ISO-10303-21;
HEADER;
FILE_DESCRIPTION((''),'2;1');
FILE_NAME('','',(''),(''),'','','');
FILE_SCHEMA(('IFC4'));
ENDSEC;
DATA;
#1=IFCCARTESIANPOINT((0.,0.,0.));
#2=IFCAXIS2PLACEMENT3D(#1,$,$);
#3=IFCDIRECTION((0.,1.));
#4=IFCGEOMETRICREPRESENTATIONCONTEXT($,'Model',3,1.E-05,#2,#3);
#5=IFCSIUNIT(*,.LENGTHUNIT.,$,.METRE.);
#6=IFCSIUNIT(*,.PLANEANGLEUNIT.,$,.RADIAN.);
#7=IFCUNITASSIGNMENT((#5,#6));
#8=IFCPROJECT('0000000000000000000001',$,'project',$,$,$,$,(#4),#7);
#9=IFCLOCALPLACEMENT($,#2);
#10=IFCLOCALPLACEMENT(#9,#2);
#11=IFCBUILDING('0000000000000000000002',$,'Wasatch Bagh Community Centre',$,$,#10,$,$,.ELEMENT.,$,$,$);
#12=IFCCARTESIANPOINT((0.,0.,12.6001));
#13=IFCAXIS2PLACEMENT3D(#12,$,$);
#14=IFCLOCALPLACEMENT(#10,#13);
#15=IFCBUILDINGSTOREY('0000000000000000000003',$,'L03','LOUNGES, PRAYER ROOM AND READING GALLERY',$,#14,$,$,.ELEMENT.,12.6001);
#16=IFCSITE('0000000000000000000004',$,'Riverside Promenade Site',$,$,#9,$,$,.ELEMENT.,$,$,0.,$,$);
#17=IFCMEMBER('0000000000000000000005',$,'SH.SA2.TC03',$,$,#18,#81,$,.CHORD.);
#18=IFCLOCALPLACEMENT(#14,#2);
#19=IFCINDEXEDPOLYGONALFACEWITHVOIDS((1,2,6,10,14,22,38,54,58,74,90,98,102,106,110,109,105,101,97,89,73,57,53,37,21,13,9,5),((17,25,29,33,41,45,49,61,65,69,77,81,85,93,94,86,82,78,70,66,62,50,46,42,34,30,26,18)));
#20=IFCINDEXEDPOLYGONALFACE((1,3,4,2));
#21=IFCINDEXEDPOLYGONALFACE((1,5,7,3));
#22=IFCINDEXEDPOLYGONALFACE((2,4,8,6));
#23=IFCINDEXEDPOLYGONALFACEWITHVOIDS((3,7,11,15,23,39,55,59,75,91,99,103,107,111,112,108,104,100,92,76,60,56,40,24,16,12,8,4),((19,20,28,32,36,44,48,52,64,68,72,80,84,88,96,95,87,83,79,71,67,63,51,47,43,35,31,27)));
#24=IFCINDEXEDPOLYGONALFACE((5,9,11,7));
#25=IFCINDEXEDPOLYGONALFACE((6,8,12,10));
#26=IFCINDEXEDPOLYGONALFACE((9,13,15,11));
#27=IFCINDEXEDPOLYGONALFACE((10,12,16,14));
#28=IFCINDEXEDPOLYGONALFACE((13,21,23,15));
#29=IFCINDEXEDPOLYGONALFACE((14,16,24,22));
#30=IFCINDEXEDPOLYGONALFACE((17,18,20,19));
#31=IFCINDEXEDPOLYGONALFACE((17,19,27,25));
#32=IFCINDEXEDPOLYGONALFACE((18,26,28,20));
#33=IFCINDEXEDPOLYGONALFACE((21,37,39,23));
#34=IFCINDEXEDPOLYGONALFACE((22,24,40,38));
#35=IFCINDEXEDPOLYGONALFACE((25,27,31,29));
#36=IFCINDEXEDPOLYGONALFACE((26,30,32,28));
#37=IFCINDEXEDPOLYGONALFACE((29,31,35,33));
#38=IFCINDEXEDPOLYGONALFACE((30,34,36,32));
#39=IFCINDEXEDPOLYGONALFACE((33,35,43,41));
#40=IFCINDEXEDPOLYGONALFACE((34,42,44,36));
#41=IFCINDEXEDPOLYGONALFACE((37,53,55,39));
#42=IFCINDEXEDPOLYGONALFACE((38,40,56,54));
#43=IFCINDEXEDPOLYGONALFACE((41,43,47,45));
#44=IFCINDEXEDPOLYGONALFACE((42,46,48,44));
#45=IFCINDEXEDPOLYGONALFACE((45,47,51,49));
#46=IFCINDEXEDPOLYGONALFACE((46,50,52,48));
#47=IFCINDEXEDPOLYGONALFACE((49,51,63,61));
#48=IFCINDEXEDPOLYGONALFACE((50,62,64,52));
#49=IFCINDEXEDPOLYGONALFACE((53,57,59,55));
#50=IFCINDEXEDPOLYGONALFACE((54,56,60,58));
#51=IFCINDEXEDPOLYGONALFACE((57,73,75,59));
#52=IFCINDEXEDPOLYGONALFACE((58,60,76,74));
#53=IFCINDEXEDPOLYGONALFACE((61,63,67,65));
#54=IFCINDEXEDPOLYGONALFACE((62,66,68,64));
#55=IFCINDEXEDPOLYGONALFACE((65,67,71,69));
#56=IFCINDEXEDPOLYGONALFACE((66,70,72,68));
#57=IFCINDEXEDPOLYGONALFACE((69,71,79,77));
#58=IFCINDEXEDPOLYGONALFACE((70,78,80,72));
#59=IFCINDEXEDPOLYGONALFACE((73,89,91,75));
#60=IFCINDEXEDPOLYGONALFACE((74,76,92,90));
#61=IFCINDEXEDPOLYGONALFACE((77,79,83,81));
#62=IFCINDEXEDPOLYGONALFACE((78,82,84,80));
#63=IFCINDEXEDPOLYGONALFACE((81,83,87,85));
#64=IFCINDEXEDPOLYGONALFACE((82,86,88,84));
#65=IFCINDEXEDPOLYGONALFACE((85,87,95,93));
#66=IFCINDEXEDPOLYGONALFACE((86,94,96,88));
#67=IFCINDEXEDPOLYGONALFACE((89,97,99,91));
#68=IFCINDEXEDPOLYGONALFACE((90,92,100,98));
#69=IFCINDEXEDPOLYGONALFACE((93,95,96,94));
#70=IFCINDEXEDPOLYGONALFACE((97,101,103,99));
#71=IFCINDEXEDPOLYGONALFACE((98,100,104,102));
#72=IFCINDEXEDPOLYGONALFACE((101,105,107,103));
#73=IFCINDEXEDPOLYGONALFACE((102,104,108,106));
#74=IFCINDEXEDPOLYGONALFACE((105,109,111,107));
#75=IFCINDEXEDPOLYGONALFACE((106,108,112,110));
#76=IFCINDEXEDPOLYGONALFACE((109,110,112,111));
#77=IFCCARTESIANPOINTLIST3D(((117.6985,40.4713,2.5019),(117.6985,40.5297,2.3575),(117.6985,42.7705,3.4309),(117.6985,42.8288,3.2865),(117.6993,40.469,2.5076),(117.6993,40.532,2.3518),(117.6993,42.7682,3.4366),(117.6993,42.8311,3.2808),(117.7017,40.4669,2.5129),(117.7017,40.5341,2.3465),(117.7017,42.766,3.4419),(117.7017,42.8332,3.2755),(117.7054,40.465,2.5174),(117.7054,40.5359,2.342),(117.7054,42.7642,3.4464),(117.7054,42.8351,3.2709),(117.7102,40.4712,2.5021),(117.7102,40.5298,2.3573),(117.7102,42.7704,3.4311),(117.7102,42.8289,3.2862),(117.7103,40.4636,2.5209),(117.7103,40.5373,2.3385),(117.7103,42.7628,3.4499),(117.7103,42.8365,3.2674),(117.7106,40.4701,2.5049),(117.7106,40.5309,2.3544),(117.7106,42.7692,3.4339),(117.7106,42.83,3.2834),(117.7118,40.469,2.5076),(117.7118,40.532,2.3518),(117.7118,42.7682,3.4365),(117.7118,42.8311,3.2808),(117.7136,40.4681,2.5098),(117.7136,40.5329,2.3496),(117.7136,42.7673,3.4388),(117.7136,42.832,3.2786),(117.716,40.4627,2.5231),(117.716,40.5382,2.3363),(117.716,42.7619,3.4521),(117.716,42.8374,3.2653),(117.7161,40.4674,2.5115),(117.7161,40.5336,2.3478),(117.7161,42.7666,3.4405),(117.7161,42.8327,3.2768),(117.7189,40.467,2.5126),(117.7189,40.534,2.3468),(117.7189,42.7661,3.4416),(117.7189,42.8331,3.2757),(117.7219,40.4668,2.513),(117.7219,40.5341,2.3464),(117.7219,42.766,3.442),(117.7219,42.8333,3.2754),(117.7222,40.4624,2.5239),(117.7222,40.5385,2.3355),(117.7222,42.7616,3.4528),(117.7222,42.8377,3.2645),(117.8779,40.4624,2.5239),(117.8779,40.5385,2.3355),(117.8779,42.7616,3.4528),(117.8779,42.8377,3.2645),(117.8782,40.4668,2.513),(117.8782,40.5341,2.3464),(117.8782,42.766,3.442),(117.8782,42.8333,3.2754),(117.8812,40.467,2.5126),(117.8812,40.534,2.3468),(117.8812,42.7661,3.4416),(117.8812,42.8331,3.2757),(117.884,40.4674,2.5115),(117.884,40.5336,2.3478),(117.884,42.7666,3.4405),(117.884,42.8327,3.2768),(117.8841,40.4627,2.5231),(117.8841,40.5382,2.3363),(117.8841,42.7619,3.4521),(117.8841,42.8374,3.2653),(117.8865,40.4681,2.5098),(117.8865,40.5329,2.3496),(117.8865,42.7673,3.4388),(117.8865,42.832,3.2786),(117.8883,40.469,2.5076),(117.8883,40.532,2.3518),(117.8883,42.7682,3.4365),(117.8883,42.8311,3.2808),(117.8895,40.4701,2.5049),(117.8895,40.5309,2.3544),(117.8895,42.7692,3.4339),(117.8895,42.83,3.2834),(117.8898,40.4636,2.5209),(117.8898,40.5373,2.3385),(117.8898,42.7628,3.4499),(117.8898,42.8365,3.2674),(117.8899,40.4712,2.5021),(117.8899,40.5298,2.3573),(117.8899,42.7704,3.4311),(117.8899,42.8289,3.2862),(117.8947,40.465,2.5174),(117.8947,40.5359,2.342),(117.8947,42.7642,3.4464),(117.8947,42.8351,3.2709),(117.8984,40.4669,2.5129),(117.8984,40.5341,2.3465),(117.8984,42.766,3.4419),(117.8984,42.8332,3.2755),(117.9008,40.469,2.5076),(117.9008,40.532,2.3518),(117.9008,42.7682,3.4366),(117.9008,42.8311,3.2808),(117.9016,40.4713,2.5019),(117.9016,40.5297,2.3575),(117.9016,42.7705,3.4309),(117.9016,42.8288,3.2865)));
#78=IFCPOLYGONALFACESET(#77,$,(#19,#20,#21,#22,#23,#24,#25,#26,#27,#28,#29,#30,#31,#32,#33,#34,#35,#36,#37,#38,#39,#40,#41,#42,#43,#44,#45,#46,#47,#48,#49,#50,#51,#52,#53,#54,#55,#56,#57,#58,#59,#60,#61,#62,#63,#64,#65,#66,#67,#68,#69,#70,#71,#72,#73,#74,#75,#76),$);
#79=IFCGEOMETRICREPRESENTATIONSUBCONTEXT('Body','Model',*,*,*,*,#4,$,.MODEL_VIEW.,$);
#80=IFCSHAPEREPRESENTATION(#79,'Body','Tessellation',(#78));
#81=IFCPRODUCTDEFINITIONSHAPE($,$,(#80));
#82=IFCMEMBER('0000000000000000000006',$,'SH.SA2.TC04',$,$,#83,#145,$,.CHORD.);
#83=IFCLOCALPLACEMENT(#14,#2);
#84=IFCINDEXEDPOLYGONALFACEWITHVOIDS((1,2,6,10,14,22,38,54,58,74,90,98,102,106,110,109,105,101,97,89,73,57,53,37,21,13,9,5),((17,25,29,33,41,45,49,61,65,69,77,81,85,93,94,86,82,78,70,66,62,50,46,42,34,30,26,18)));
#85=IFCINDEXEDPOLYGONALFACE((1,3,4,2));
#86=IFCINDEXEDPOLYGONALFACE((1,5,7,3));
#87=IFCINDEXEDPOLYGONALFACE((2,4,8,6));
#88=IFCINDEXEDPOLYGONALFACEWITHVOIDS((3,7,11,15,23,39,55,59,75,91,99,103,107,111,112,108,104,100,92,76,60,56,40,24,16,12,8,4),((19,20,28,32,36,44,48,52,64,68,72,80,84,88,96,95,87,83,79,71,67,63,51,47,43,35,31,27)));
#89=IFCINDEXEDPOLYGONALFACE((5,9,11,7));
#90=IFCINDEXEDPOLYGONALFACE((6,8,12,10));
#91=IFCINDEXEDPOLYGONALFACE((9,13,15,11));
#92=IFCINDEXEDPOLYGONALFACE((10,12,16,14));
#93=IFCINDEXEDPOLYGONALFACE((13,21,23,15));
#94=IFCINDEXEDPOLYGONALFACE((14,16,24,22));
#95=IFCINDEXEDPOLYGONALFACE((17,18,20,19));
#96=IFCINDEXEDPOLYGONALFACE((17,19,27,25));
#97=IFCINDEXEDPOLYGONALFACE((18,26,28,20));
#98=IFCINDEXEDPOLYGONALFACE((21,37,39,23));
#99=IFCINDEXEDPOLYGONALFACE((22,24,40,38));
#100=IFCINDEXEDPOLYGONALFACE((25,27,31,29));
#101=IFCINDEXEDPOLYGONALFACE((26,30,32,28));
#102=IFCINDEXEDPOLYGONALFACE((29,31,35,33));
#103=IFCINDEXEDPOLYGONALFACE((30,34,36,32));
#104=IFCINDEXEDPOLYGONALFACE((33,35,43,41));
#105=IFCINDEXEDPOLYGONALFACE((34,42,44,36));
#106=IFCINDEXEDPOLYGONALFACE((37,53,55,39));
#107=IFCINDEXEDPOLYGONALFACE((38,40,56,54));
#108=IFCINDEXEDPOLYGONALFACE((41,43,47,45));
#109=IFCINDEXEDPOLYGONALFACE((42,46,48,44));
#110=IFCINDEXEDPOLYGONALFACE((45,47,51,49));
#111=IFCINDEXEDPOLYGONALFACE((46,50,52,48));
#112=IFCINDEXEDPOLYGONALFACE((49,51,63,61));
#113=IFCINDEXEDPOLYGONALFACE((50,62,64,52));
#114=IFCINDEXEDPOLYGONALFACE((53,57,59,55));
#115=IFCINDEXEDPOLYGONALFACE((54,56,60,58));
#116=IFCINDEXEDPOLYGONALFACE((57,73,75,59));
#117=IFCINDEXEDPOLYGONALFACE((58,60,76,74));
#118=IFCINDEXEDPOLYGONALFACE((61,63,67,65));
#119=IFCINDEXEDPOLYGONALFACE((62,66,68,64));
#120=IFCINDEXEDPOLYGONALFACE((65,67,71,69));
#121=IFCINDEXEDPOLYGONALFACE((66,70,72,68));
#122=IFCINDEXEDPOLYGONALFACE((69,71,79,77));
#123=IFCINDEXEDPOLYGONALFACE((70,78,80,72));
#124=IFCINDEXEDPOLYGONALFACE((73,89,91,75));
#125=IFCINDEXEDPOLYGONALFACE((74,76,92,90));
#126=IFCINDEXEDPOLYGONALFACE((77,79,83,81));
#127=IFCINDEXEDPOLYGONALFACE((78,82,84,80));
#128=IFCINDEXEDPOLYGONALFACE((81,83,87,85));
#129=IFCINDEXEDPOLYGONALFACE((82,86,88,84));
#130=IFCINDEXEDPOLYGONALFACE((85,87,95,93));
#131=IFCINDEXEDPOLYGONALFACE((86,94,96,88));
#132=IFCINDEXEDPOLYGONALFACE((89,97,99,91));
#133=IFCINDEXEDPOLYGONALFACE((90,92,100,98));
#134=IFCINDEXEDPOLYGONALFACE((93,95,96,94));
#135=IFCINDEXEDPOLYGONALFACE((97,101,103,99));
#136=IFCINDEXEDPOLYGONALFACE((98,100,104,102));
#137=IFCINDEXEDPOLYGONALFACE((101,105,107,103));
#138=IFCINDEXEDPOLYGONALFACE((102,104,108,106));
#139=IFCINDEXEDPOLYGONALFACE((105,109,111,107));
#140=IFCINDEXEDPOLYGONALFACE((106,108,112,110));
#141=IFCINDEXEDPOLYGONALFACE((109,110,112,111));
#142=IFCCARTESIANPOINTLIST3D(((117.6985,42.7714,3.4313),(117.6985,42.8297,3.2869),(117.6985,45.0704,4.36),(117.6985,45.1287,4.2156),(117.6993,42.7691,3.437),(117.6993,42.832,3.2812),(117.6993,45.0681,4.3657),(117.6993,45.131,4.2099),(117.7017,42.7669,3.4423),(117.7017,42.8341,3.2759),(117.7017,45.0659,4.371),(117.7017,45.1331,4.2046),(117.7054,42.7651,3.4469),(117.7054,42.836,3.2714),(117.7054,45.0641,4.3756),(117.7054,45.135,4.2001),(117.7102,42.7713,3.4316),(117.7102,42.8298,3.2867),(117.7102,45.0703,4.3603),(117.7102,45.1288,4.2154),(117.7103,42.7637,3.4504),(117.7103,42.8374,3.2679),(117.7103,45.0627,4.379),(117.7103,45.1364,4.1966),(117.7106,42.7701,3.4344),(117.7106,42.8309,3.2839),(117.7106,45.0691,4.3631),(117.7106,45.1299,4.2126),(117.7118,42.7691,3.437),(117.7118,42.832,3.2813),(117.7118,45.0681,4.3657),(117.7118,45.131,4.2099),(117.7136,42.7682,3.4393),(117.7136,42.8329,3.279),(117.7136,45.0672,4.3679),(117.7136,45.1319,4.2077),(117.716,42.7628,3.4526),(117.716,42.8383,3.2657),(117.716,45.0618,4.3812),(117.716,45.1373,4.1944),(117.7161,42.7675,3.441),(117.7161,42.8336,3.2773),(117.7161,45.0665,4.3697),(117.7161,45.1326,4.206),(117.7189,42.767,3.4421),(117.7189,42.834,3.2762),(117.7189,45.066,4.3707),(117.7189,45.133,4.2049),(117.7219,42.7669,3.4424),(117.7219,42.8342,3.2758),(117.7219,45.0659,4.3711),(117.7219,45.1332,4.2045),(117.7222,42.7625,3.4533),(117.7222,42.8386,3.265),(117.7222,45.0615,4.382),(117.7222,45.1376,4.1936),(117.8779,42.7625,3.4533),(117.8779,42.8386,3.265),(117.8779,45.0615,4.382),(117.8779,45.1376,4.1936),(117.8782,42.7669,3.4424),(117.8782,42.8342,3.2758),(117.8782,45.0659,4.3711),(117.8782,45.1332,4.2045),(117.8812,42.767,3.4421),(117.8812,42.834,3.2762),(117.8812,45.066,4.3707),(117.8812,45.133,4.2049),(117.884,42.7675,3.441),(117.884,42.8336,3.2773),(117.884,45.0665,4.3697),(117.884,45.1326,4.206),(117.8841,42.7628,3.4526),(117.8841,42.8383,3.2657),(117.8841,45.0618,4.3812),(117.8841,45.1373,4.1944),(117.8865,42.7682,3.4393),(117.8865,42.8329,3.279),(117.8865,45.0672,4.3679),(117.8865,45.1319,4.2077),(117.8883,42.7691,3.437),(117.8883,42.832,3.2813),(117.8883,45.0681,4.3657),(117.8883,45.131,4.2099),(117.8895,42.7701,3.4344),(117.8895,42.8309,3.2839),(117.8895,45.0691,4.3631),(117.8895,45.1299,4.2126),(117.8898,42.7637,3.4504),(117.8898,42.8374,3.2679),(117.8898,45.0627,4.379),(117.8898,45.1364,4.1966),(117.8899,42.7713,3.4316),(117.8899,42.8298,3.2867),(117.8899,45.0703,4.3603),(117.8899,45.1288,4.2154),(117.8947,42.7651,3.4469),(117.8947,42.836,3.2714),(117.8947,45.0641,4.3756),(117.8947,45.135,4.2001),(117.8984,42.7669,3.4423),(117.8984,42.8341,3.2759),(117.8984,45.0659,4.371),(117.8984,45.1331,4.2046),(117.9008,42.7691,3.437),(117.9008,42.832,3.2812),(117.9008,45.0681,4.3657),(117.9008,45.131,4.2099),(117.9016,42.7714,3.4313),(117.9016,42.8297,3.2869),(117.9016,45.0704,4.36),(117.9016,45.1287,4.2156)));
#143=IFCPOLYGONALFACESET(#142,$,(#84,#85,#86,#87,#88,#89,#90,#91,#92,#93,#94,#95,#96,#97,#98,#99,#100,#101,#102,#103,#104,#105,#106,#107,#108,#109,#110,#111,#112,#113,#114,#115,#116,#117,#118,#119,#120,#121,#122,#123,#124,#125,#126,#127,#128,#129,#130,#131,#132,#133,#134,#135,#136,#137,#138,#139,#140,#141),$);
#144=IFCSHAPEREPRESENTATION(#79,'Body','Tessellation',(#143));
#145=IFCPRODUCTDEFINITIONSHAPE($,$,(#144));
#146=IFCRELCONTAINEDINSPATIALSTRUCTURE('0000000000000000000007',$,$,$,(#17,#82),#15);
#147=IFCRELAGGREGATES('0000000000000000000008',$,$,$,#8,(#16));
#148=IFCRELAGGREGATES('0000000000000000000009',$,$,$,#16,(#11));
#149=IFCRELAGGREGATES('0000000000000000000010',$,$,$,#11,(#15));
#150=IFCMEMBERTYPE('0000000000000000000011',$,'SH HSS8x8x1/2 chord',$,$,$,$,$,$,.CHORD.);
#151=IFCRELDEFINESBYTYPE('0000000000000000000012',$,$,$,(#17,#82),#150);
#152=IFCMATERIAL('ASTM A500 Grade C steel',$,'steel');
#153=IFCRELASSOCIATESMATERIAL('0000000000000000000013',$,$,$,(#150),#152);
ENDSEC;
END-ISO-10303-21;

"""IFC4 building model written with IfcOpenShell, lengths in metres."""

from ifc_helpers import new_model, si_unit, direction, frame, origin, origin_2d, place, context, subcontext, project, spatial, hollow_rectangle, extrude, material, material_profile, profile_set, type_object, element, save


model = new_model("IFC4")

# Units and contexts
model_context = context("Model", 3, precision=1e-05, world=origin(), true_north=direction((0.0, 1.0)))
body_context = subcontext(model_context, "Body", "Model", "MODEL_VIEW")
ifc_project = project(units=[si_unit("LENGTHUNIT", "METRE"), si_unit("PLANEANGLEUNIT", "RADIAN")], contexts=[model_context])

# Site, building, storey
site_placement = place(None, origin())
site = spatial("IfcSite", under=ifc_project, at=site_placement, Name="Riverside Promenade Site", CompositionType="ELEMENT", RefElevation=0.0)
building_placement = place(site_placement, origin())
building = spatial("IfcBuilding", under=site, at=building_placement, Name="Wasatch Bagh Community Centre", CompositionType="ELEMENT")
storey_placement = place(building_placement, frame((0.0, 0.0, 12.6001)))
storey = spatial("IfcBuildingStorey", under=building, at=storey_placement, Name="L03", Description="LOUNGES, PRAYER ROOM AND READING GALLERY", CompositionType="ELEMENT", Elevation=12.6001)

# Members
ifc_material_1 = material(Name="ASTM A500 Grade C steel", Category="steel")
ifc_material_profile_1 = material_profile(ifc_material_1, hollow_rectangle(XDim=0.2031, YDim=0.2031, WallThickness=0.0117, InnerFilletRadius=0.0117, OuterFilletRadius=0.0237, at=origin_2d()), Name="HSS8x8x1/2")
ifc_profile_set_1 = profile_set([ifc_material_profile_1], Name="ASTM A500 Grade C steel")
member_type_1 = type_object("IfcMemberType", Name="SH HSS8x8x1/2 chord", PredefinedType="CHORD", material=ifc_profile_set_1)
member_1_placement = place(storey_placement, frame((117.8, 40.5005, 2.4297), z_axis=(0.0, 0.927174, 0.374631), x_axis=(-1.0, 0.0, 0.0)))
element("IfcMember", 1, at=member_1_placement, inside=storey, type_object=member_type_1, Name="SH.SA2.TC03", PredefinedType="CHORD", context=body_context, shape_type="SweptSolid", body=[
    extrude(hollow_rectangle(XDim=0.2031, YDim=0.2031, WallThickness=0.0117, InnerFilletRadius=0.0117, OuterFilletRadius=0.0237, at=origin_2d()), origin(), (0.0, 0.0, 1.0), 2.4797),
])
member_2_placement = place(storey_placement, frame((117.8, 42.8005, 3.3591), z_axis=(0.0, 0.927208, 0.374546), x_axis=(-1.0, 0.0, 0.0)))
element("IfcMember", 2, at=member_2_placement, inside=storey, type_object=member_type_1, Name="SH.SA2.TC04", PredefinedType="CHORD", context=body_context, shape_type="SweptSolid", body=[
    extrude(hollow_rectangle(XDim=0.2031, YDim=0.2031, WallThickness=0.0117, InnerFilletRadius=0.0117, OuterFilletRadius=0.0237, at=origin_2d()), origin(), (0.0, 0.0, 1.0), 2.4795),
])

save(model, "model.ifc")
